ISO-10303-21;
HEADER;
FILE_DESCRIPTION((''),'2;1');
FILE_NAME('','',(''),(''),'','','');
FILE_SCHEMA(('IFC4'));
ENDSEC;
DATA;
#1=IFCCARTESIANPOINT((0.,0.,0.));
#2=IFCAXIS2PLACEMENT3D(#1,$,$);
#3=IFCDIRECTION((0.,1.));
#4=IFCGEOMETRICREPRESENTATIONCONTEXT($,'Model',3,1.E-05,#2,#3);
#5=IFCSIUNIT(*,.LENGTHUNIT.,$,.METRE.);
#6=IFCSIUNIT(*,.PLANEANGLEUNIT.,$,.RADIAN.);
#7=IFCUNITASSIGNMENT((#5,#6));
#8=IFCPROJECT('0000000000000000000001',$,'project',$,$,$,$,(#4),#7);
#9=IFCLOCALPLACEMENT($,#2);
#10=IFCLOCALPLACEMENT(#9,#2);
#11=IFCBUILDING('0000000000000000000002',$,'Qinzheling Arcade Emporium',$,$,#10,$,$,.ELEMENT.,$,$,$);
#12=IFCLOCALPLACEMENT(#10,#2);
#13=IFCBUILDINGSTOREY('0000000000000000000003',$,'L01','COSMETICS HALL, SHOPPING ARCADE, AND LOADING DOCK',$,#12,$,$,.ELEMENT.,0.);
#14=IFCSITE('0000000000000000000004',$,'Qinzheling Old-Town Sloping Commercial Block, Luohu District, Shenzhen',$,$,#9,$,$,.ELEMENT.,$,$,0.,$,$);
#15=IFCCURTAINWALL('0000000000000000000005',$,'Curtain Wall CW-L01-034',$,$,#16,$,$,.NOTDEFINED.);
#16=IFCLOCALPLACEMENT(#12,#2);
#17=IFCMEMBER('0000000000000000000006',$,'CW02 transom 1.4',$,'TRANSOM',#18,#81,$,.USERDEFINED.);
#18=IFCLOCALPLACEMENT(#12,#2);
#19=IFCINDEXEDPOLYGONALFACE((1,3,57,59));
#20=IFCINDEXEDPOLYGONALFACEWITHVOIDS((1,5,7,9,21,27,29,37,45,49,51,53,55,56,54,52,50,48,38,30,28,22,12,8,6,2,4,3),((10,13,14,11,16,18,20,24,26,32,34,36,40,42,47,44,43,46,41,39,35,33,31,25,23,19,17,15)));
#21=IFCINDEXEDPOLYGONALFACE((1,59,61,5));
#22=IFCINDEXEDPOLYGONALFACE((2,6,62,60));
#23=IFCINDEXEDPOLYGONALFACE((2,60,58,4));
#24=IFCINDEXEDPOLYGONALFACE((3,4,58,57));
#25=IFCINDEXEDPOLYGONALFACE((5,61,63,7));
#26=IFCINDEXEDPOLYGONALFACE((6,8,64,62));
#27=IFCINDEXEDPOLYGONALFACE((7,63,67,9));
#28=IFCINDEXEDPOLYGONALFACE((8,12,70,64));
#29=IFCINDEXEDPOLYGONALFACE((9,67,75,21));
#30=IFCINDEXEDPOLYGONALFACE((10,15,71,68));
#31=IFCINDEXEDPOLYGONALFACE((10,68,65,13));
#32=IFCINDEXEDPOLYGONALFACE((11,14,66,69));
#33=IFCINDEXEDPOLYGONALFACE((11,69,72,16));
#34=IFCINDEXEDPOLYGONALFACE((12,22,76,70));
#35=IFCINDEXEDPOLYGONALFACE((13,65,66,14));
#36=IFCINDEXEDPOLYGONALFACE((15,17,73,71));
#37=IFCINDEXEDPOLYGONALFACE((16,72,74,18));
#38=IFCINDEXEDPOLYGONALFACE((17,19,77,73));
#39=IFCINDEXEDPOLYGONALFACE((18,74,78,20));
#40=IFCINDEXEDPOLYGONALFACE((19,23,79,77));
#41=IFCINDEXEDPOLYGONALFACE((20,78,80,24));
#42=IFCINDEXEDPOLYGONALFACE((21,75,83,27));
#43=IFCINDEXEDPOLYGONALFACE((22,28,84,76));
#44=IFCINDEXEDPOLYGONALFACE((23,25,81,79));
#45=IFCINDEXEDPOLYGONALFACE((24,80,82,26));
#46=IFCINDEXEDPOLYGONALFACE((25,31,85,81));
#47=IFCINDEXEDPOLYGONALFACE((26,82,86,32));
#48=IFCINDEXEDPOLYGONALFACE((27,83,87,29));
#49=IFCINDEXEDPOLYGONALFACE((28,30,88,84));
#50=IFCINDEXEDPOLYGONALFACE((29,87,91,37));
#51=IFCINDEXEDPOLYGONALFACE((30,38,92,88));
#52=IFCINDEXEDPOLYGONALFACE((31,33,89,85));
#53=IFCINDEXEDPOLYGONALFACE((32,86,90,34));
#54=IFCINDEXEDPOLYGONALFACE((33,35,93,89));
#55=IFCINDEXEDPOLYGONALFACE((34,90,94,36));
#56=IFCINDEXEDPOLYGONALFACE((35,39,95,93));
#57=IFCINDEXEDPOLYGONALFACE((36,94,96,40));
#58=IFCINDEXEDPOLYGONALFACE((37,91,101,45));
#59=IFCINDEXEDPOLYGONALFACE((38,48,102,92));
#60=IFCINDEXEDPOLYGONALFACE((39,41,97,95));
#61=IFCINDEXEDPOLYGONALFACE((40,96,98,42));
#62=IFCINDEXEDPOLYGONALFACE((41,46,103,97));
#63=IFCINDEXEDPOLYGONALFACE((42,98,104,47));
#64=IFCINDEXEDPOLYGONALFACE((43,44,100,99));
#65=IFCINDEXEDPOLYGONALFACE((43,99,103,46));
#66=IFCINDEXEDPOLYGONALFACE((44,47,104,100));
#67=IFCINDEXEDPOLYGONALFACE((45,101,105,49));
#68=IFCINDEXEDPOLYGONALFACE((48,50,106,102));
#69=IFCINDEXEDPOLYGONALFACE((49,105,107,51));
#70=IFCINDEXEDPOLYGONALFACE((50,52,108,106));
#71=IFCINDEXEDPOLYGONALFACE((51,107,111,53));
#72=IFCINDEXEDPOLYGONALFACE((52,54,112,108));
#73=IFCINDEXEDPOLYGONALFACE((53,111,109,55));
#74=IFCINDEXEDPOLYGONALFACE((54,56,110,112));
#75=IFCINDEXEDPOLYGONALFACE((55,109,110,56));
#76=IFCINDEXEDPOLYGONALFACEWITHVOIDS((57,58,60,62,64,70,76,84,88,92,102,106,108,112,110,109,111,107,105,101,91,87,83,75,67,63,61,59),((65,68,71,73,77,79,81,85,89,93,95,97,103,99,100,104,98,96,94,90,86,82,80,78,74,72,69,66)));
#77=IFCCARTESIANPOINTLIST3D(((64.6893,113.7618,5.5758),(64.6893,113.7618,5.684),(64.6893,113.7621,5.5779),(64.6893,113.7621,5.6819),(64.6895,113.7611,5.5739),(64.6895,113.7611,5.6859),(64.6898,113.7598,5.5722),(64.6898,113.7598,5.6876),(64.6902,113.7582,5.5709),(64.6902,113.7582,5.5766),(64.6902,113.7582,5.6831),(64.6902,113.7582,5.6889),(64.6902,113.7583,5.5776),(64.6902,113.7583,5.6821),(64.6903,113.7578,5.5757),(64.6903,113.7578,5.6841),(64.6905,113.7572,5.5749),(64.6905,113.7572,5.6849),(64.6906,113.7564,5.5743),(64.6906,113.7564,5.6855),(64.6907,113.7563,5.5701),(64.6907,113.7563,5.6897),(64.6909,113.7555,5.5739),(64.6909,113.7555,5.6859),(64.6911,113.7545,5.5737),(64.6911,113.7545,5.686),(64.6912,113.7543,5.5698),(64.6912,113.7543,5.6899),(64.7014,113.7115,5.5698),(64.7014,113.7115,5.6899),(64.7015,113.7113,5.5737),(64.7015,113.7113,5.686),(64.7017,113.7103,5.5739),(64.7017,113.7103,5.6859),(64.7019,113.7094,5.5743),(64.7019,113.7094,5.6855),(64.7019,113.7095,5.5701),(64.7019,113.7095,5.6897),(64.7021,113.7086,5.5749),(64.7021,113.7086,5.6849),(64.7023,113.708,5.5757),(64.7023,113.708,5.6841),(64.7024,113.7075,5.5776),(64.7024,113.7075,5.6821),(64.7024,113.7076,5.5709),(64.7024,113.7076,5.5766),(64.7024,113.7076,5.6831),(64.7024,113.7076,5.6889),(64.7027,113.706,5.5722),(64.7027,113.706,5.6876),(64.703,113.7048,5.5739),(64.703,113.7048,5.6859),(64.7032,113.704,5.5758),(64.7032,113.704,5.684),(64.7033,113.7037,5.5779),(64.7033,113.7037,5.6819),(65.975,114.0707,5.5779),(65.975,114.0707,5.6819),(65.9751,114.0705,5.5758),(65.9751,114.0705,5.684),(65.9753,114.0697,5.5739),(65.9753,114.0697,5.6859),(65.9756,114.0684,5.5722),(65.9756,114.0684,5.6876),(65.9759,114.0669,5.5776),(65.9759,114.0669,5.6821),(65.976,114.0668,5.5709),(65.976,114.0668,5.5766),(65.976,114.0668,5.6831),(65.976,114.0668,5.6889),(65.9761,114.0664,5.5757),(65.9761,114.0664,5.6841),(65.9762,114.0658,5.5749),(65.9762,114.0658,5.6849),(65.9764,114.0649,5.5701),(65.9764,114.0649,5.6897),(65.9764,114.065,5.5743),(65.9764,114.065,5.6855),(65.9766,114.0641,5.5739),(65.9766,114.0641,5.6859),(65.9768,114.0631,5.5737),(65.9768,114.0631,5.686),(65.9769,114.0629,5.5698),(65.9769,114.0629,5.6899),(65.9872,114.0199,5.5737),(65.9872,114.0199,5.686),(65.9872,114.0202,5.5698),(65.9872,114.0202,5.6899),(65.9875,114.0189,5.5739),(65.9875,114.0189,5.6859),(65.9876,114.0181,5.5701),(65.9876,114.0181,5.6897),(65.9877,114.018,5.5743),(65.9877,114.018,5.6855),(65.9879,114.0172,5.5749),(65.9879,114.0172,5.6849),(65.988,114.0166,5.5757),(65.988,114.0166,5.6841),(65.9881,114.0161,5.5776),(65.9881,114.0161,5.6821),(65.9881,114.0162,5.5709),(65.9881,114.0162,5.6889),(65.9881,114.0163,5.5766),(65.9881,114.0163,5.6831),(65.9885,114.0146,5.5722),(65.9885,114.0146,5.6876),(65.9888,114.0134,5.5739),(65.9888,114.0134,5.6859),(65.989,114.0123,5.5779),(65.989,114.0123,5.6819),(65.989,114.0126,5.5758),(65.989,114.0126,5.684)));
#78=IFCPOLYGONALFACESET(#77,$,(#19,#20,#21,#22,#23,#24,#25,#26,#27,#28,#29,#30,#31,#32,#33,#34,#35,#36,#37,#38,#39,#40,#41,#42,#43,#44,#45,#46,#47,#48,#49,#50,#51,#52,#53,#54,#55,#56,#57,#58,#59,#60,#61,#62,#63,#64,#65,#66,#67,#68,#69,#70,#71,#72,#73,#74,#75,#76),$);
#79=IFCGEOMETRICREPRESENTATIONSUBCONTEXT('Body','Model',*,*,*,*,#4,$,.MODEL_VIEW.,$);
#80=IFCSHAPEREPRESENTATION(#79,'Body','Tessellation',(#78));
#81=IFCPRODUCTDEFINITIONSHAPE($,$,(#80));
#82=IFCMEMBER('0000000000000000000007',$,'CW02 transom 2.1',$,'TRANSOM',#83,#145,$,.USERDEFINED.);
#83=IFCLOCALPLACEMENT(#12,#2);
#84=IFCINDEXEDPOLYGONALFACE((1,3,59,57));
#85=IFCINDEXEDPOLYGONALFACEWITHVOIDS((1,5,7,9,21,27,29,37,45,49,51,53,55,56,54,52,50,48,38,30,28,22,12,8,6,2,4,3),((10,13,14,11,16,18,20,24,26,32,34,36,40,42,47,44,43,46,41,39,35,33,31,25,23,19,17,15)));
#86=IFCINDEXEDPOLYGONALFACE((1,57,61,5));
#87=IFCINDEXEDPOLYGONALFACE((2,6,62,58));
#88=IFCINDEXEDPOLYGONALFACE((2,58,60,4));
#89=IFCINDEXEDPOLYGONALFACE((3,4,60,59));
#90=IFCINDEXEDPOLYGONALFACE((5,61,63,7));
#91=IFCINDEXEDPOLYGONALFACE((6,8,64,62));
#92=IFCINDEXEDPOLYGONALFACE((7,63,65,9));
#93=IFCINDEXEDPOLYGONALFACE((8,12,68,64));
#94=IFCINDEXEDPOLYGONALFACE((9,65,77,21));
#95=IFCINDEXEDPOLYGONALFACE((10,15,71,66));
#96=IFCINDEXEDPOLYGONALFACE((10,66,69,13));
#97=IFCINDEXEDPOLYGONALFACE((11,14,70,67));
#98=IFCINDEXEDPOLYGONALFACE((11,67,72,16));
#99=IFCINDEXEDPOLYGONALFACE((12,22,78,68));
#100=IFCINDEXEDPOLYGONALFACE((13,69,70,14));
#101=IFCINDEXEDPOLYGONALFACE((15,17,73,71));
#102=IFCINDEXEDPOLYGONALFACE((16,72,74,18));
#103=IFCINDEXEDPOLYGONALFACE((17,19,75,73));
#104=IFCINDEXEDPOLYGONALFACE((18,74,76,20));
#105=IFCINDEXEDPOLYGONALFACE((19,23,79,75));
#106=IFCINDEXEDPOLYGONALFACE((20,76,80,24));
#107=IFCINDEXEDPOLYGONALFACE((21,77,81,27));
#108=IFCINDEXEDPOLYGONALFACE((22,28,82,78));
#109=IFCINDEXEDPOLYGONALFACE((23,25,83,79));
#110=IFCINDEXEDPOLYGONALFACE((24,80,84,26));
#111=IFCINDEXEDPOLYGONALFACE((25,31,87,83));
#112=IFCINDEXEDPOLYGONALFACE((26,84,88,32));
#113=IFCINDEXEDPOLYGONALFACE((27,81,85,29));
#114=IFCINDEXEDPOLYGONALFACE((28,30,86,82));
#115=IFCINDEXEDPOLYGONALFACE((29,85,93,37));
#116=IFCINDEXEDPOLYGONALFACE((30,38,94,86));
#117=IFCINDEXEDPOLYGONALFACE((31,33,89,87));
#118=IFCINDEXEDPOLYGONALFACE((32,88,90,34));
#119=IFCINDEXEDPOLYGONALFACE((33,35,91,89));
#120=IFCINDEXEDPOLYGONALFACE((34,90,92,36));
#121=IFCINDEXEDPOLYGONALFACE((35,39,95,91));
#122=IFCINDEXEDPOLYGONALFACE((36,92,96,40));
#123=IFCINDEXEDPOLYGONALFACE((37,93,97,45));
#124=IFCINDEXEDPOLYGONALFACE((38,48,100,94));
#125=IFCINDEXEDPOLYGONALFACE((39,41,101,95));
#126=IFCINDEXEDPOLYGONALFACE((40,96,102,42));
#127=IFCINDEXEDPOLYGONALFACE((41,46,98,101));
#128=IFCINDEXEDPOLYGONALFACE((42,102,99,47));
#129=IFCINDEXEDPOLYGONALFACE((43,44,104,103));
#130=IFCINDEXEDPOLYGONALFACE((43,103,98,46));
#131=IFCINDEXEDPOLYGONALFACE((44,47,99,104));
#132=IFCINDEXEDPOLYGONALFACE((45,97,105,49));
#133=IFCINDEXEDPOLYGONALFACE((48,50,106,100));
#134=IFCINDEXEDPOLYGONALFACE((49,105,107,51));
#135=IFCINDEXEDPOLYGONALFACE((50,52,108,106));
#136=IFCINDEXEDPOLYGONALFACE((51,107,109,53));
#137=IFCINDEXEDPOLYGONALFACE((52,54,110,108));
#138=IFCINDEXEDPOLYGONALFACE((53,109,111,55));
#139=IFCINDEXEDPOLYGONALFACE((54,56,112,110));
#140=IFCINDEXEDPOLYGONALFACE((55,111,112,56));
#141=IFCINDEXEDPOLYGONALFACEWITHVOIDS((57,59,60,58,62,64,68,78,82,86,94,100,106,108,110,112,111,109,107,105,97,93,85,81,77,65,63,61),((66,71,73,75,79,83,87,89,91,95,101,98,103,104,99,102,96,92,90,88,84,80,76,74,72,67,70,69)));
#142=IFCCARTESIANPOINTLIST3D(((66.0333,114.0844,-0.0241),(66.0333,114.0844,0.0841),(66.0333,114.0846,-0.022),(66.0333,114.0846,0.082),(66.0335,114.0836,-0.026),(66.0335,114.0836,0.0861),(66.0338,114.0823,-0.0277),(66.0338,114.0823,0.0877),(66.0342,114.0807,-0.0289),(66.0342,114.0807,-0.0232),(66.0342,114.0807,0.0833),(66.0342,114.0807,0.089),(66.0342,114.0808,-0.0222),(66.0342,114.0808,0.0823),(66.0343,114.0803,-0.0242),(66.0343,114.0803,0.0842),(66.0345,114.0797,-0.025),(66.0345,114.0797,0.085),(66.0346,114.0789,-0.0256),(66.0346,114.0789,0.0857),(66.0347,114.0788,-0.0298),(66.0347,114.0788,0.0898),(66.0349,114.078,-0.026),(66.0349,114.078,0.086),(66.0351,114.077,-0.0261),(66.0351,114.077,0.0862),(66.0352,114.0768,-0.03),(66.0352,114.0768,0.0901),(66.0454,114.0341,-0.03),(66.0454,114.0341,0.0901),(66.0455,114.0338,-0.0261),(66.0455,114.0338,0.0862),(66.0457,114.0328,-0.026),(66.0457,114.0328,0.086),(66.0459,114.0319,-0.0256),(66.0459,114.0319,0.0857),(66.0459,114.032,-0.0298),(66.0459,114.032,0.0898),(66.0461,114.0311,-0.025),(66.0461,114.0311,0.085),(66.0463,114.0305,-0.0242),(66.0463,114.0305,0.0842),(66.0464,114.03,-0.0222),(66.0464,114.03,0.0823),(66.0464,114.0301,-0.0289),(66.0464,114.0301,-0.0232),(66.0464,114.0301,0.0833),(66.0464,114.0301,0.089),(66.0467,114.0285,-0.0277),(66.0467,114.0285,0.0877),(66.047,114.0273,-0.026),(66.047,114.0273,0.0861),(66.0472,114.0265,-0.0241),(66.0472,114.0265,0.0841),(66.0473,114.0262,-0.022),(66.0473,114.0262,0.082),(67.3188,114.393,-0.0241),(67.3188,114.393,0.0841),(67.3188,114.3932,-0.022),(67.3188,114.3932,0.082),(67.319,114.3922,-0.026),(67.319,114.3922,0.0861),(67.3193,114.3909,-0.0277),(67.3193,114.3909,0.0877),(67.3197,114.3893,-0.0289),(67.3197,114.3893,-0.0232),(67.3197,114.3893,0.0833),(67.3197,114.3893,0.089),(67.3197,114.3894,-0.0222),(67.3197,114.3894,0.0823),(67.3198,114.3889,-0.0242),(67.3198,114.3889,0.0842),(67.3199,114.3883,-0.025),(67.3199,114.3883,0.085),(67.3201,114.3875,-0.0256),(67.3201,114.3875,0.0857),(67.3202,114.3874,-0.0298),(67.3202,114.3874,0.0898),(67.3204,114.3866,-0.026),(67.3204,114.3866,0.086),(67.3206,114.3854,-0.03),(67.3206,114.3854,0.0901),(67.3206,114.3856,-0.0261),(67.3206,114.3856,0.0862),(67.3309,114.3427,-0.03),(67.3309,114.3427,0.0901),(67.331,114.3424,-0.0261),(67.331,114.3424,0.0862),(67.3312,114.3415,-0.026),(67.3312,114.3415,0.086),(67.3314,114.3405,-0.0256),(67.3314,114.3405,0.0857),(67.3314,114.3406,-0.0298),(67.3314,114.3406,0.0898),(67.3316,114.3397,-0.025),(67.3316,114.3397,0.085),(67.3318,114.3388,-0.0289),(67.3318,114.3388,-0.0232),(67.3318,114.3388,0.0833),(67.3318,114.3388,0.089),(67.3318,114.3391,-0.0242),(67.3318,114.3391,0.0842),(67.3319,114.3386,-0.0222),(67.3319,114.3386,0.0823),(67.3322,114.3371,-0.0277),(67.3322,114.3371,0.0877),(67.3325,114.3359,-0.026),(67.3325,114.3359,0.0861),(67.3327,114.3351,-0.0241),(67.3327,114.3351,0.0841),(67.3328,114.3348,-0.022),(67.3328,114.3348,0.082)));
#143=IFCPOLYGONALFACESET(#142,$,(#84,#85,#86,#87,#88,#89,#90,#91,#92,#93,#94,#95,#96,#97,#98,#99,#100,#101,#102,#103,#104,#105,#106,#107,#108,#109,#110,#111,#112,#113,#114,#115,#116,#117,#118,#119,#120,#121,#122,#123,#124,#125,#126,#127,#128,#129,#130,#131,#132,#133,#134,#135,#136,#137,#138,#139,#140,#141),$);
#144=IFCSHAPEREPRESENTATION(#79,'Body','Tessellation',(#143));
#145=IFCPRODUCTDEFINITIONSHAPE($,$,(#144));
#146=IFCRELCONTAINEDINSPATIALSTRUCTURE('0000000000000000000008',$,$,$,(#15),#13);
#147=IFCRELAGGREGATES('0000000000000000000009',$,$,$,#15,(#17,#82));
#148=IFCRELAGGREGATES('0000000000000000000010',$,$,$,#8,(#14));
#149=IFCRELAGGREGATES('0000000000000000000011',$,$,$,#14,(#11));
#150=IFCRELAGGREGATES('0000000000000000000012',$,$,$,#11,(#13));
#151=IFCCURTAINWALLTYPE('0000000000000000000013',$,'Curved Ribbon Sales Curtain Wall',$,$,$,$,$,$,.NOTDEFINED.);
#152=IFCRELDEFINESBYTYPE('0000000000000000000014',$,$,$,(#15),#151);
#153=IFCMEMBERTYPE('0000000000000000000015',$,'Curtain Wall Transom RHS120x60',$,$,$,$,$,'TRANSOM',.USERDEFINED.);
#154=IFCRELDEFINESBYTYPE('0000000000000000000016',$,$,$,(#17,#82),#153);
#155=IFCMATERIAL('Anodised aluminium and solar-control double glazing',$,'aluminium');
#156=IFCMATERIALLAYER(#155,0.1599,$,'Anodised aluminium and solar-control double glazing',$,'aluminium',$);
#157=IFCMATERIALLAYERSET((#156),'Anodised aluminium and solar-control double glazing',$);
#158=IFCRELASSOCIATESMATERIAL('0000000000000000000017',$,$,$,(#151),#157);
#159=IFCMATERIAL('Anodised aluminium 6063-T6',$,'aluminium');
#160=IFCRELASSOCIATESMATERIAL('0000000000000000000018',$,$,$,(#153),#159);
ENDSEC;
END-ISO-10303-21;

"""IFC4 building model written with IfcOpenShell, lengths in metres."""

from ifc_helpers import new_model, si_unit, direction, frame, origin, origin_2d, place, context, subcontext, project, spatial, hollow_rectangle, extrude, material, layer, layer_set, material_profile, profile_set, type_object, element, aggregate, save


model = new_model("IFC4")

# Units and contexts
model_context = context("Model", 3, precision=1e-05, world=origin(), true_north=direction((0.0, 1.0)))
body_context = subcontext(model_context, "Body", "Model", "MODEL_VIEW")
ifc_project = project(units=[si_unit("LENGTHUNIT", "METRE"), si_unit("PLANEANGLEUNIT", "RADIAN")], contexts=[model_context])

# Site, building, storey
site_placement = place(None, origin())
site = spatial("IfcSite", under=ifc_project, at=site_placement, Name="Qinzheling Old-Town Sloping Commercial Block, Luohu District, Shenzhen", CompositionType="ELEMENT", RefElevation=0.0)
building_placement = place(site_placement, origin())
building = spatial("IfcBuilding", under=site, at=building_placement, Name="Qinzheling Arcade Emporium", CompositionType="ELEMENT")
storey_placement = place(building_placement, origin())
storey = spatial("IfcBuildingStorey", under=building, at=storey_placement, Name="L01", Description="COSMETICS HALL, SHOPPING ARCADE, AND LOADING DOCK", CompositionType="ELEMENT", Elevation=0.0)

# Shared definitions
ifc_material_1 = material(Name="Anodised aluminium and solar-control double glazing", Category="aluminium")
ifc_layer_1 = layer(ifc_material_1, 0.1599, Name="Anodised aluminium and solar-control double glazing", Category="aluminium")
ifc_layer_set_1 = layer_set([ifc_layer_1], Name="Anodised aluminium and solar-control double glazing")
curtain_wall_type = type_object("IfcCurtainWallType", Name="Curved Ribbon Sales Curtain Wall", PredefinedType="NOTDEFINED", material=ifc_layer_set_1)
ifc_material_2 = material(Name="Anodised aluminium 6063-T6", Category="aluminium")

# Curtain wall
curtain_wall_1_placement = place(storey_placement, origin())
curtain_wall_1 = element("IfcCurtainWall", 1, at=curtain_wall_1_placement, inside=storey, type_object=curtain_wall_type, Name="Curtain Wall CW-L01-034", PredefinedType="NOTDEFINED")

# Members
ifc_material_profile_1 = material_profile(ifc_material_2, hollow_rectangle(XDim=0.0601, YDim=0.1201, WallThickness=0.0039, InnerFilletRadius=0.0039, OuterFilletRadius=0.0081, at=origin_2d()), Name="RHS 120x60x4", Category="aluminium")
ifc_profile_set_1 = profile_set([ifc_material_profile_1], Name="Anodised aluminium 6063-T6")
member_type_1 = type_object("IfcMemberType", Name="Curtain Wall Transom RHS120x60", ElementType="TRANSOM", PredefinedType="USERDEFINED", material=ifc_profile_set_1)
member_1_placement = place(storey_placement, frame((64.6963, 113.7329, 5.6299), z_axis=(0.972381, 0.233401, 0.0), x_axis=(-0.233401, 0.972381, 0.0)))
member_1 = element("IfcMember", 2, at=member_1_placement, type_object=member_type_1, Name="CW02 transom 1.4", ObjectType="TRANSOM", PredefinedType="USERDEFINED", context=body_context, shape_type="SweptSolid", body=[
    extrude(hollow_rectangle(XDim=0.0601, YDim=0.1201, WallThickness=0.0039, InnerFilletRadius=0.0039, OuterFilletRadius=0.0081, at=origin_2d()), origin(), (0.0, 0.0, 1.0), 1.3223),
])
member_2_placement = place(storey_placement, frame((66.0403, 114.0554, 0.03), z_axis=(0.972371, 0.233443, 0.0), x_axis=(-0.233443, 0.972371, 0.0)))
member_2 = element("IfcMember", 3, at=member_2_placement, type_object=member_type_1, Name="CW02 transom 2.1", ObjectType="TRANSOM", PredefinedType="USERDEFINED", context=body_context, shape_type="SweptSolid", body=[
    extrude(hollow_rectangle(XDim=0.0601, YDim=0.1201, WallThickness=0.0039, InnerFilletRadius=0.0039, OuterFilletRadius=0.0081, at=origin_2d()), origin(), (0.0, 0.0, 1.0), 1.322),
])

aggregate(curtain_wall_1, [member_1, member_2])

save(model, "model.ifc")
